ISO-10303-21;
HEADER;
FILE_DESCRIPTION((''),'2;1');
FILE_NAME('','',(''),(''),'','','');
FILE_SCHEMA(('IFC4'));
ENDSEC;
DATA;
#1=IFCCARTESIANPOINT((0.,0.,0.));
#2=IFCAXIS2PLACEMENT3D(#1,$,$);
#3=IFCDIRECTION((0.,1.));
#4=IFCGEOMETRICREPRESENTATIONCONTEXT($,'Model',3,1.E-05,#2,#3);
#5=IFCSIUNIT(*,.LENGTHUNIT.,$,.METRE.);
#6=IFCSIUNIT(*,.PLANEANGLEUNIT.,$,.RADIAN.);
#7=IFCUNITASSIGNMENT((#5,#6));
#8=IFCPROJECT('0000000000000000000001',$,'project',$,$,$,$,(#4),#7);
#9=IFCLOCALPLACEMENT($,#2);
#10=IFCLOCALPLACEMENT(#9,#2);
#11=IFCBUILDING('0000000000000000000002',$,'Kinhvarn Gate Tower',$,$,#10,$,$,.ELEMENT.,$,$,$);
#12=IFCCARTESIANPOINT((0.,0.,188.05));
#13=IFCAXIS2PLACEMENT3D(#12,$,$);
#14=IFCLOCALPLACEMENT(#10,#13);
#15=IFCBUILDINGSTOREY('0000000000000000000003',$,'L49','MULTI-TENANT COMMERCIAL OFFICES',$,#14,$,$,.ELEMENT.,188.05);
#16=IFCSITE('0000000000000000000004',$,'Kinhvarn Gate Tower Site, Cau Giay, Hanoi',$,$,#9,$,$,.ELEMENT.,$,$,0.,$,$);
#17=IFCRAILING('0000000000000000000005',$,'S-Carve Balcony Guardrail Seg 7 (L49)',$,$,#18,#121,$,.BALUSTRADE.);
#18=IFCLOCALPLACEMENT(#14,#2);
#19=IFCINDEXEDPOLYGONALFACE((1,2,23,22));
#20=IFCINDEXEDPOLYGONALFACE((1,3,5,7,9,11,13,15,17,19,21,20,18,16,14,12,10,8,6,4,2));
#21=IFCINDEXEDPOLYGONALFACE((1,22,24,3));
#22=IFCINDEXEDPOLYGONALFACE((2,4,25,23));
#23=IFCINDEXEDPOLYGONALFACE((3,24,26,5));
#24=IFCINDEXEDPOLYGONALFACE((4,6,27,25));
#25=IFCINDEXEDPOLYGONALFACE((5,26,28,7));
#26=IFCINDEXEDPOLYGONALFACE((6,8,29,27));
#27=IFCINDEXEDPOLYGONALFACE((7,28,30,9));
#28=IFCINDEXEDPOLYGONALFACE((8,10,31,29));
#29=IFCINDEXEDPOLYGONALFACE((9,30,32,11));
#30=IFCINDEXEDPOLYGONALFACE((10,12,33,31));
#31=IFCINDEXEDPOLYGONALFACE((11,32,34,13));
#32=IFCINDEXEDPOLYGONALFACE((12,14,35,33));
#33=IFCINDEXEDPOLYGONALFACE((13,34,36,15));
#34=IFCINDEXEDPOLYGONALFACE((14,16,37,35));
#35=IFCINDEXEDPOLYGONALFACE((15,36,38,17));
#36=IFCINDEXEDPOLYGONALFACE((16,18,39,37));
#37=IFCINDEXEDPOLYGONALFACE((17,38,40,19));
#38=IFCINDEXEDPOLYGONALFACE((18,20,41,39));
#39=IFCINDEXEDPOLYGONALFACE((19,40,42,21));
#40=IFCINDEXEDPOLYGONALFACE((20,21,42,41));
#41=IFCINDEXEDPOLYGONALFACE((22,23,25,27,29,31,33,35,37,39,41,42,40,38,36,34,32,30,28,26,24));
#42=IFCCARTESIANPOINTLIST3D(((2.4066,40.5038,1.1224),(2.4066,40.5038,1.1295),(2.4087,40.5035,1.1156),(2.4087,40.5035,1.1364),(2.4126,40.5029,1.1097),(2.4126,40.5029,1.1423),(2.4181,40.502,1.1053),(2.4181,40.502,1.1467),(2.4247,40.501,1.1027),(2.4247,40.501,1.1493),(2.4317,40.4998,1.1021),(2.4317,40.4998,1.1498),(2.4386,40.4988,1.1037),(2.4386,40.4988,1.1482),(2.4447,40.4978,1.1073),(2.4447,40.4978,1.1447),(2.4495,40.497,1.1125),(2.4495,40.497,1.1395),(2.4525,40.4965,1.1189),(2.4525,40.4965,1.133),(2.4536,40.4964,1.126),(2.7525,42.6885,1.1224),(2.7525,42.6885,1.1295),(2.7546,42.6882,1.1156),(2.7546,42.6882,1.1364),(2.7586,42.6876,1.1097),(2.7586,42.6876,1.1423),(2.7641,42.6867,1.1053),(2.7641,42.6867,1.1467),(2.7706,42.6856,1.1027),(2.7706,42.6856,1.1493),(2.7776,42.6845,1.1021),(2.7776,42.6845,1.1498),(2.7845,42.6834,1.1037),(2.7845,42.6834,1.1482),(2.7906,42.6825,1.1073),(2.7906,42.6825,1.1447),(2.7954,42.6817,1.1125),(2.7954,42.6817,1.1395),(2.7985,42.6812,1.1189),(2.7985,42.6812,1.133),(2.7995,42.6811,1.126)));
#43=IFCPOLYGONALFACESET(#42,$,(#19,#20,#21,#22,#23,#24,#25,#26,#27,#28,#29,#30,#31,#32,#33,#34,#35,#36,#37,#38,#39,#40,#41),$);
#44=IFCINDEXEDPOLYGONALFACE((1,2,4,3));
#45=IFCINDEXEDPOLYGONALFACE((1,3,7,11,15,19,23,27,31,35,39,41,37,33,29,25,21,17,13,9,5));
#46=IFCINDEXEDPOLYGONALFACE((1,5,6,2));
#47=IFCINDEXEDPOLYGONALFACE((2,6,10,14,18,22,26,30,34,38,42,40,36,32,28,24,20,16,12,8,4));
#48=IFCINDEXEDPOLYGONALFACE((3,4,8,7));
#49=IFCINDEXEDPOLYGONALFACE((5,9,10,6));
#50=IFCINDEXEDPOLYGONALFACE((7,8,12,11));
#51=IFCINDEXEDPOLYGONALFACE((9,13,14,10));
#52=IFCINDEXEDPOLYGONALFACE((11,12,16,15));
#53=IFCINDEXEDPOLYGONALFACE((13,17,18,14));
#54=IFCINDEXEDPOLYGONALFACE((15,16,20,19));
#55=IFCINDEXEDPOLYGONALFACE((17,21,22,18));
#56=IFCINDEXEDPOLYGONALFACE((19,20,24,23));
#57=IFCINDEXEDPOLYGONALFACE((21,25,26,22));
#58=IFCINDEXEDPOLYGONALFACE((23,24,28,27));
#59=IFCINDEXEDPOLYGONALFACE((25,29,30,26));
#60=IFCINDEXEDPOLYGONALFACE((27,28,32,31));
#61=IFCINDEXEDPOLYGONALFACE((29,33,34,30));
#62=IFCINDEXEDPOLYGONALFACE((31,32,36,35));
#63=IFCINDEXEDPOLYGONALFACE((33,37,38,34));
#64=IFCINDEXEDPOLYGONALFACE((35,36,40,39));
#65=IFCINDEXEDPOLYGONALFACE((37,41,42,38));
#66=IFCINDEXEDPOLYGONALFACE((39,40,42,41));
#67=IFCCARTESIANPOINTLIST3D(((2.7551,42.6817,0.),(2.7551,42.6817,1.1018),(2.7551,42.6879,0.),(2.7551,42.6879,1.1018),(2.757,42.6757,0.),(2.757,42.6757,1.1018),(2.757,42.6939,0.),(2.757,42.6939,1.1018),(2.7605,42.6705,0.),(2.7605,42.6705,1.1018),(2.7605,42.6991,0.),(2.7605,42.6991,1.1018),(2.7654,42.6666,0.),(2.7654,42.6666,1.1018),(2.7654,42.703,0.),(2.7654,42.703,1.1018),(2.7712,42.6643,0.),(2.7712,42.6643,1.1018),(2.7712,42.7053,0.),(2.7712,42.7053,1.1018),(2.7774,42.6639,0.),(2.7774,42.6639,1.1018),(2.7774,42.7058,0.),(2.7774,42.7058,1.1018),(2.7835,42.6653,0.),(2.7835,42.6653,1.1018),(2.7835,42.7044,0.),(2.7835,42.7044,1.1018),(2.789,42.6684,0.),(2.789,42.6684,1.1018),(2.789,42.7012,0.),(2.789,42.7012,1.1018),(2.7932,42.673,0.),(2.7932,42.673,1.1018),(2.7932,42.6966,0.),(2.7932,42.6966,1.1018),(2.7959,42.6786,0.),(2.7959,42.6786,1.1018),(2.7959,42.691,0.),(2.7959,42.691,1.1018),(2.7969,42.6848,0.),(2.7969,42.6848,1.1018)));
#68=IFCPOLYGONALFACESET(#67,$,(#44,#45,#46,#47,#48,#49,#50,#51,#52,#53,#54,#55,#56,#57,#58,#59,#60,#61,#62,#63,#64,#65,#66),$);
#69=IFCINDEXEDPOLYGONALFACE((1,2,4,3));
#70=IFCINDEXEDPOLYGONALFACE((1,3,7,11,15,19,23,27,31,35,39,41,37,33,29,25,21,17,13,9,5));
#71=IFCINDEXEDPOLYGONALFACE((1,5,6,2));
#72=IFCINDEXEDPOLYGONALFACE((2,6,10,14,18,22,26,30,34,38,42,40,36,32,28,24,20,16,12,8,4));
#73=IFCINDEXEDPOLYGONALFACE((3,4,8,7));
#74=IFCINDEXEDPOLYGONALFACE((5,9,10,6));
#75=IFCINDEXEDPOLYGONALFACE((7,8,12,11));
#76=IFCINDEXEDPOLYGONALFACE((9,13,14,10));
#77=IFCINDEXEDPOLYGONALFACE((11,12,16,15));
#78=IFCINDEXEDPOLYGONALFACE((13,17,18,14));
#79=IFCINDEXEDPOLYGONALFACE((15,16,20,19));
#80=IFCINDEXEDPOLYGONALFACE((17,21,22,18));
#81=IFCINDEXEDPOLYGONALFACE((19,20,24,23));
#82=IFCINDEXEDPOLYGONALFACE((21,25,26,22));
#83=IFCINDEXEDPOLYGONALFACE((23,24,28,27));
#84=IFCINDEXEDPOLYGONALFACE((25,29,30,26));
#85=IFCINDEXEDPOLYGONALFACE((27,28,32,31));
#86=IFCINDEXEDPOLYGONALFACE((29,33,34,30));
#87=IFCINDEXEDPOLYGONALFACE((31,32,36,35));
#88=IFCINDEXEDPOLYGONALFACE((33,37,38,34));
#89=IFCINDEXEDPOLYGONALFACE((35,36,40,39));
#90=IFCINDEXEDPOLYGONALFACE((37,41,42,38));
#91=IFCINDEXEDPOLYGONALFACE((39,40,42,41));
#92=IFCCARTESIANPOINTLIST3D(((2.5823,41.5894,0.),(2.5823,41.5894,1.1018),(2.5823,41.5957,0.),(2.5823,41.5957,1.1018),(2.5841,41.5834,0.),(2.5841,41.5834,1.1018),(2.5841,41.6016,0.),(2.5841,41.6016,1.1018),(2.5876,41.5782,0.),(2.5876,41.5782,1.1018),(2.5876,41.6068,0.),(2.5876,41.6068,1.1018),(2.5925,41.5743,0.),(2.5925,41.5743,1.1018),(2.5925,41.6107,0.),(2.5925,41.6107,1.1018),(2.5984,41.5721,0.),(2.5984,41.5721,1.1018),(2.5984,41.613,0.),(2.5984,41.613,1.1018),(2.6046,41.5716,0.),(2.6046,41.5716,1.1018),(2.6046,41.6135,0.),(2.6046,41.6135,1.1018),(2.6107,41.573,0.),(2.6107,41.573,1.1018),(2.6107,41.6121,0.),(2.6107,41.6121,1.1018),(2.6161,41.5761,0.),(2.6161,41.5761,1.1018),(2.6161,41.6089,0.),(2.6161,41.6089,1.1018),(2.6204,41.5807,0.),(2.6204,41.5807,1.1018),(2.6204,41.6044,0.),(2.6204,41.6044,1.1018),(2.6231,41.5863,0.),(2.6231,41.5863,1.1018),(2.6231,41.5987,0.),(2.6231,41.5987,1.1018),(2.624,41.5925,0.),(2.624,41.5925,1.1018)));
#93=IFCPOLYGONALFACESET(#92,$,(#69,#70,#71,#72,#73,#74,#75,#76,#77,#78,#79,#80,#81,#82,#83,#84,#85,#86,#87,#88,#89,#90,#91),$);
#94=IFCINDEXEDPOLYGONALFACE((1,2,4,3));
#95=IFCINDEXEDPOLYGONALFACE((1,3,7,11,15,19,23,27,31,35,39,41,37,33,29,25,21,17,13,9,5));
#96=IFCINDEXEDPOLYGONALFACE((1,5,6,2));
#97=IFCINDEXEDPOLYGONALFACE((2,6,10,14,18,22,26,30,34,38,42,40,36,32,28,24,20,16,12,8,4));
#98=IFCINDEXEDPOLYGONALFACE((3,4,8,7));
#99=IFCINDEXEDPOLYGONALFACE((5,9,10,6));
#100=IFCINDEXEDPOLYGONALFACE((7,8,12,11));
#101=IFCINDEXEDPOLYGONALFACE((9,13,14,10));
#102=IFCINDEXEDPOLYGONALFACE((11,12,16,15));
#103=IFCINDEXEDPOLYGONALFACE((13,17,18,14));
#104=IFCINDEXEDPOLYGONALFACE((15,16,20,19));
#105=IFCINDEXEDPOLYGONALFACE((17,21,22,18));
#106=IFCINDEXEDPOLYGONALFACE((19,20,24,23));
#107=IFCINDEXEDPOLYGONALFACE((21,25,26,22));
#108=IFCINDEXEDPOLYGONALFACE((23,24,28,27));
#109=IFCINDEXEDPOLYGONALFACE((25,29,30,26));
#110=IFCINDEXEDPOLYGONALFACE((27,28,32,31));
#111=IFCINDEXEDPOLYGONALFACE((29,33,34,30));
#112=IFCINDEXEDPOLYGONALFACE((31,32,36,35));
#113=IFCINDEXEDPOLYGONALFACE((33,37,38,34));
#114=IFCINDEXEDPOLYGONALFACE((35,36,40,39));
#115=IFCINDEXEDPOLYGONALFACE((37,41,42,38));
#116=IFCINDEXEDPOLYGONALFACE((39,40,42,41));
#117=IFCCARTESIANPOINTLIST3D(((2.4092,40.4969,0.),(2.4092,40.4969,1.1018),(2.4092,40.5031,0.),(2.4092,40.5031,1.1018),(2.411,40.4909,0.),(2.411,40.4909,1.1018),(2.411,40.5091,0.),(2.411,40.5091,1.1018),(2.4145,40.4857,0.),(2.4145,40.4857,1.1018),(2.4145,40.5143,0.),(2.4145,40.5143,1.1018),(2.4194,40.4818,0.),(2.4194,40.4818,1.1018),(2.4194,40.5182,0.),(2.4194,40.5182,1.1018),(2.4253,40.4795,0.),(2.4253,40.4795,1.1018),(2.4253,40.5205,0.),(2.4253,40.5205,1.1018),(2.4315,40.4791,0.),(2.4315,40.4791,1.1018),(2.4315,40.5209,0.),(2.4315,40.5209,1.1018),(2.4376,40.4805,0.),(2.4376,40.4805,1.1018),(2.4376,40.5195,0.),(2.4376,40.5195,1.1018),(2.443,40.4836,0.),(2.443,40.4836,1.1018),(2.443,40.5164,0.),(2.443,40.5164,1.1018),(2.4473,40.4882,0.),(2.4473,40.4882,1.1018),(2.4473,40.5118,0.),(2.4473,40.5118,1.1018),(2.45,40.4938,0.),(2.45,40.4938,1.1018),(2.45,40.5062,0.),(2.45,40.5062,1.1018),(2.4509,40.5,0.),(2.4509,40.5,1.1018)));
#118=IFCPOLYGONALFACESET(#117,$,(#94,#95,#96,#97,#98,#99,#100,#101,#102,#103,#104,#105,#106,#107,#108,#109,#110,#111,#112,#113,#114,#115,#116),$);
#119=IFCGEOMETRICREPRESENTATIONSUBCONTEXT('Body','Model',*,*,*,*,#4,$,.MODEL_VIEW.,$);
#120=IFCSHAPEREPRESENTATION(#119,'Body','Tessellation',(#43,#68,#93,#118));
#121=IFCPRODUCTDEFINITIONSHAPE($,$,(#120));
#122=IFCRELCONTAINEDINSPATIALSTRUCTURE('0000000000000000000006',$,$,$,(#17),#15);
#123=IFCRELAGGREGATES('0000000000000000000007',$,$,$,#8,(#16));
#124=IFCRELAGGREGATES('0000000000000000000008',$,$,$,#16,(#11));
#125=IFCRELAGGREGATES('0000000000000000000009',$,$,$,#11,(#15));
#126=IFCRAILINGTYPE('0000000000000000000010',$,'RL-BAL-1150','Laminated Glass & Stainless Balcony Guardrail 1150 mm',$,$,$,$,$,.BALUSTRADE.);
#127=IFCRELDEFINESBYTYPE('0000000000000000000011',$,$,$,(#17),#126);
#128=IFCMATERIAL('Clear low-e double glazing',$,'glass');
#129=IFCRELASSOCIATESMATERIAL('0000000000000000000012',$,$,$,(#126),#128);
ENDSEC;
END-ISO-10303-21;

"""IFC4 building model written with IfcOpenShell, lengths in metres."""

from ifc_helpers import new_model, si_unit, direction, frame, origin, origin_2d, place, context, subcontext, project, spatial, circle, extrude, material, type_object, element, save


model = new_model("IFC4")

# Units and contexts
model_context = context("Model", 3, precision=1e-05, world=origin(), true_north=direction((0.0, 1.0)))
body_context = subcontext(model_context, "Body", "Model", "MODEL_VIEW")
ifc_project = project(units=[si_unit("LENGTHUNIT", "METRE"), si_unit("PLANEANGLEUNIT", "RADIAN")], contexts=[model_context])

# Site, building, storey
site_placement = place(None, origin())
site = spatial("IfcSite", under=ifc_project, at=site_placement, Name="Kinhvarn Gate Tower Site, Cau Giay, Hanoi", CompositionType="ELEMENT", RefElevation=0.0)
building_placement = place(site_placement, origin())
building = spatial("IfcBuilding", under=site, at=building_placement, Name="Kinhvarn Gate Tower", CompositionType="ELEMENT")
storey_placement = place(building_placement, frame((0.0, 0.0, 188.05)))
storey = spatial("IfcBuildingStorey", under=building, at=storey_placement, Name="L49", Description="MULTI-TENANT COMMERCIAL OFFICES", CompositionType="ELEMENT", Elevation=188.05)

# Shared definitions
ifc_material_1 = material(Name="Clear low-e double glazing", Category="glass")

# Railing
railing_type = type_object("IfcRailingType", Name="RL-BAL-1150", Description="Laminated Glass & Stainless Balcony Guardrail 1150 mm", PredefinedType="BALUSTRADE", material=ifc_material_1)
railing_1_placement = place(storey_placement, frame((2.7759, 42.6848, 0.0)))
element("IfcRailing", 1, at=railing_1_placement, inside=storey, type_object=railing_type, Name="S-Carve Balcony Guardrail Seg 7 (L49)", PredefinedType="BALUSTRADE", context=body_context, shape_type="SweptSolid", body=[
    extrude(circle(Radius=0.0239, at=origin_2d()), frame((0.0, 0.0, 1.126), z_axis=(-0.156393, -0.987695, 0.0), x_axis=(0.987695, -0.156393, 0.0)), (0.0, 0.0, 1.0), 2.2119),
    extrude(circle(Radius=0.021, at=origin_2d()), origin(), (0.0, 0.0, 1.0), 1.1018),
    extrude(circle(Radius=0.021, at=origin_2d()), frame((-0.1729, -1.0923, 0.0)), (0.0, 0.0, 1.0), 1.1018),
    extrude(circle(Radius=0.021, at=origin_2d()), frame((-0.3459, -2.1848, 0.0)), (0.0, 0.0, 1.0), 1.1018),
])

save(model, "model.ifc")
